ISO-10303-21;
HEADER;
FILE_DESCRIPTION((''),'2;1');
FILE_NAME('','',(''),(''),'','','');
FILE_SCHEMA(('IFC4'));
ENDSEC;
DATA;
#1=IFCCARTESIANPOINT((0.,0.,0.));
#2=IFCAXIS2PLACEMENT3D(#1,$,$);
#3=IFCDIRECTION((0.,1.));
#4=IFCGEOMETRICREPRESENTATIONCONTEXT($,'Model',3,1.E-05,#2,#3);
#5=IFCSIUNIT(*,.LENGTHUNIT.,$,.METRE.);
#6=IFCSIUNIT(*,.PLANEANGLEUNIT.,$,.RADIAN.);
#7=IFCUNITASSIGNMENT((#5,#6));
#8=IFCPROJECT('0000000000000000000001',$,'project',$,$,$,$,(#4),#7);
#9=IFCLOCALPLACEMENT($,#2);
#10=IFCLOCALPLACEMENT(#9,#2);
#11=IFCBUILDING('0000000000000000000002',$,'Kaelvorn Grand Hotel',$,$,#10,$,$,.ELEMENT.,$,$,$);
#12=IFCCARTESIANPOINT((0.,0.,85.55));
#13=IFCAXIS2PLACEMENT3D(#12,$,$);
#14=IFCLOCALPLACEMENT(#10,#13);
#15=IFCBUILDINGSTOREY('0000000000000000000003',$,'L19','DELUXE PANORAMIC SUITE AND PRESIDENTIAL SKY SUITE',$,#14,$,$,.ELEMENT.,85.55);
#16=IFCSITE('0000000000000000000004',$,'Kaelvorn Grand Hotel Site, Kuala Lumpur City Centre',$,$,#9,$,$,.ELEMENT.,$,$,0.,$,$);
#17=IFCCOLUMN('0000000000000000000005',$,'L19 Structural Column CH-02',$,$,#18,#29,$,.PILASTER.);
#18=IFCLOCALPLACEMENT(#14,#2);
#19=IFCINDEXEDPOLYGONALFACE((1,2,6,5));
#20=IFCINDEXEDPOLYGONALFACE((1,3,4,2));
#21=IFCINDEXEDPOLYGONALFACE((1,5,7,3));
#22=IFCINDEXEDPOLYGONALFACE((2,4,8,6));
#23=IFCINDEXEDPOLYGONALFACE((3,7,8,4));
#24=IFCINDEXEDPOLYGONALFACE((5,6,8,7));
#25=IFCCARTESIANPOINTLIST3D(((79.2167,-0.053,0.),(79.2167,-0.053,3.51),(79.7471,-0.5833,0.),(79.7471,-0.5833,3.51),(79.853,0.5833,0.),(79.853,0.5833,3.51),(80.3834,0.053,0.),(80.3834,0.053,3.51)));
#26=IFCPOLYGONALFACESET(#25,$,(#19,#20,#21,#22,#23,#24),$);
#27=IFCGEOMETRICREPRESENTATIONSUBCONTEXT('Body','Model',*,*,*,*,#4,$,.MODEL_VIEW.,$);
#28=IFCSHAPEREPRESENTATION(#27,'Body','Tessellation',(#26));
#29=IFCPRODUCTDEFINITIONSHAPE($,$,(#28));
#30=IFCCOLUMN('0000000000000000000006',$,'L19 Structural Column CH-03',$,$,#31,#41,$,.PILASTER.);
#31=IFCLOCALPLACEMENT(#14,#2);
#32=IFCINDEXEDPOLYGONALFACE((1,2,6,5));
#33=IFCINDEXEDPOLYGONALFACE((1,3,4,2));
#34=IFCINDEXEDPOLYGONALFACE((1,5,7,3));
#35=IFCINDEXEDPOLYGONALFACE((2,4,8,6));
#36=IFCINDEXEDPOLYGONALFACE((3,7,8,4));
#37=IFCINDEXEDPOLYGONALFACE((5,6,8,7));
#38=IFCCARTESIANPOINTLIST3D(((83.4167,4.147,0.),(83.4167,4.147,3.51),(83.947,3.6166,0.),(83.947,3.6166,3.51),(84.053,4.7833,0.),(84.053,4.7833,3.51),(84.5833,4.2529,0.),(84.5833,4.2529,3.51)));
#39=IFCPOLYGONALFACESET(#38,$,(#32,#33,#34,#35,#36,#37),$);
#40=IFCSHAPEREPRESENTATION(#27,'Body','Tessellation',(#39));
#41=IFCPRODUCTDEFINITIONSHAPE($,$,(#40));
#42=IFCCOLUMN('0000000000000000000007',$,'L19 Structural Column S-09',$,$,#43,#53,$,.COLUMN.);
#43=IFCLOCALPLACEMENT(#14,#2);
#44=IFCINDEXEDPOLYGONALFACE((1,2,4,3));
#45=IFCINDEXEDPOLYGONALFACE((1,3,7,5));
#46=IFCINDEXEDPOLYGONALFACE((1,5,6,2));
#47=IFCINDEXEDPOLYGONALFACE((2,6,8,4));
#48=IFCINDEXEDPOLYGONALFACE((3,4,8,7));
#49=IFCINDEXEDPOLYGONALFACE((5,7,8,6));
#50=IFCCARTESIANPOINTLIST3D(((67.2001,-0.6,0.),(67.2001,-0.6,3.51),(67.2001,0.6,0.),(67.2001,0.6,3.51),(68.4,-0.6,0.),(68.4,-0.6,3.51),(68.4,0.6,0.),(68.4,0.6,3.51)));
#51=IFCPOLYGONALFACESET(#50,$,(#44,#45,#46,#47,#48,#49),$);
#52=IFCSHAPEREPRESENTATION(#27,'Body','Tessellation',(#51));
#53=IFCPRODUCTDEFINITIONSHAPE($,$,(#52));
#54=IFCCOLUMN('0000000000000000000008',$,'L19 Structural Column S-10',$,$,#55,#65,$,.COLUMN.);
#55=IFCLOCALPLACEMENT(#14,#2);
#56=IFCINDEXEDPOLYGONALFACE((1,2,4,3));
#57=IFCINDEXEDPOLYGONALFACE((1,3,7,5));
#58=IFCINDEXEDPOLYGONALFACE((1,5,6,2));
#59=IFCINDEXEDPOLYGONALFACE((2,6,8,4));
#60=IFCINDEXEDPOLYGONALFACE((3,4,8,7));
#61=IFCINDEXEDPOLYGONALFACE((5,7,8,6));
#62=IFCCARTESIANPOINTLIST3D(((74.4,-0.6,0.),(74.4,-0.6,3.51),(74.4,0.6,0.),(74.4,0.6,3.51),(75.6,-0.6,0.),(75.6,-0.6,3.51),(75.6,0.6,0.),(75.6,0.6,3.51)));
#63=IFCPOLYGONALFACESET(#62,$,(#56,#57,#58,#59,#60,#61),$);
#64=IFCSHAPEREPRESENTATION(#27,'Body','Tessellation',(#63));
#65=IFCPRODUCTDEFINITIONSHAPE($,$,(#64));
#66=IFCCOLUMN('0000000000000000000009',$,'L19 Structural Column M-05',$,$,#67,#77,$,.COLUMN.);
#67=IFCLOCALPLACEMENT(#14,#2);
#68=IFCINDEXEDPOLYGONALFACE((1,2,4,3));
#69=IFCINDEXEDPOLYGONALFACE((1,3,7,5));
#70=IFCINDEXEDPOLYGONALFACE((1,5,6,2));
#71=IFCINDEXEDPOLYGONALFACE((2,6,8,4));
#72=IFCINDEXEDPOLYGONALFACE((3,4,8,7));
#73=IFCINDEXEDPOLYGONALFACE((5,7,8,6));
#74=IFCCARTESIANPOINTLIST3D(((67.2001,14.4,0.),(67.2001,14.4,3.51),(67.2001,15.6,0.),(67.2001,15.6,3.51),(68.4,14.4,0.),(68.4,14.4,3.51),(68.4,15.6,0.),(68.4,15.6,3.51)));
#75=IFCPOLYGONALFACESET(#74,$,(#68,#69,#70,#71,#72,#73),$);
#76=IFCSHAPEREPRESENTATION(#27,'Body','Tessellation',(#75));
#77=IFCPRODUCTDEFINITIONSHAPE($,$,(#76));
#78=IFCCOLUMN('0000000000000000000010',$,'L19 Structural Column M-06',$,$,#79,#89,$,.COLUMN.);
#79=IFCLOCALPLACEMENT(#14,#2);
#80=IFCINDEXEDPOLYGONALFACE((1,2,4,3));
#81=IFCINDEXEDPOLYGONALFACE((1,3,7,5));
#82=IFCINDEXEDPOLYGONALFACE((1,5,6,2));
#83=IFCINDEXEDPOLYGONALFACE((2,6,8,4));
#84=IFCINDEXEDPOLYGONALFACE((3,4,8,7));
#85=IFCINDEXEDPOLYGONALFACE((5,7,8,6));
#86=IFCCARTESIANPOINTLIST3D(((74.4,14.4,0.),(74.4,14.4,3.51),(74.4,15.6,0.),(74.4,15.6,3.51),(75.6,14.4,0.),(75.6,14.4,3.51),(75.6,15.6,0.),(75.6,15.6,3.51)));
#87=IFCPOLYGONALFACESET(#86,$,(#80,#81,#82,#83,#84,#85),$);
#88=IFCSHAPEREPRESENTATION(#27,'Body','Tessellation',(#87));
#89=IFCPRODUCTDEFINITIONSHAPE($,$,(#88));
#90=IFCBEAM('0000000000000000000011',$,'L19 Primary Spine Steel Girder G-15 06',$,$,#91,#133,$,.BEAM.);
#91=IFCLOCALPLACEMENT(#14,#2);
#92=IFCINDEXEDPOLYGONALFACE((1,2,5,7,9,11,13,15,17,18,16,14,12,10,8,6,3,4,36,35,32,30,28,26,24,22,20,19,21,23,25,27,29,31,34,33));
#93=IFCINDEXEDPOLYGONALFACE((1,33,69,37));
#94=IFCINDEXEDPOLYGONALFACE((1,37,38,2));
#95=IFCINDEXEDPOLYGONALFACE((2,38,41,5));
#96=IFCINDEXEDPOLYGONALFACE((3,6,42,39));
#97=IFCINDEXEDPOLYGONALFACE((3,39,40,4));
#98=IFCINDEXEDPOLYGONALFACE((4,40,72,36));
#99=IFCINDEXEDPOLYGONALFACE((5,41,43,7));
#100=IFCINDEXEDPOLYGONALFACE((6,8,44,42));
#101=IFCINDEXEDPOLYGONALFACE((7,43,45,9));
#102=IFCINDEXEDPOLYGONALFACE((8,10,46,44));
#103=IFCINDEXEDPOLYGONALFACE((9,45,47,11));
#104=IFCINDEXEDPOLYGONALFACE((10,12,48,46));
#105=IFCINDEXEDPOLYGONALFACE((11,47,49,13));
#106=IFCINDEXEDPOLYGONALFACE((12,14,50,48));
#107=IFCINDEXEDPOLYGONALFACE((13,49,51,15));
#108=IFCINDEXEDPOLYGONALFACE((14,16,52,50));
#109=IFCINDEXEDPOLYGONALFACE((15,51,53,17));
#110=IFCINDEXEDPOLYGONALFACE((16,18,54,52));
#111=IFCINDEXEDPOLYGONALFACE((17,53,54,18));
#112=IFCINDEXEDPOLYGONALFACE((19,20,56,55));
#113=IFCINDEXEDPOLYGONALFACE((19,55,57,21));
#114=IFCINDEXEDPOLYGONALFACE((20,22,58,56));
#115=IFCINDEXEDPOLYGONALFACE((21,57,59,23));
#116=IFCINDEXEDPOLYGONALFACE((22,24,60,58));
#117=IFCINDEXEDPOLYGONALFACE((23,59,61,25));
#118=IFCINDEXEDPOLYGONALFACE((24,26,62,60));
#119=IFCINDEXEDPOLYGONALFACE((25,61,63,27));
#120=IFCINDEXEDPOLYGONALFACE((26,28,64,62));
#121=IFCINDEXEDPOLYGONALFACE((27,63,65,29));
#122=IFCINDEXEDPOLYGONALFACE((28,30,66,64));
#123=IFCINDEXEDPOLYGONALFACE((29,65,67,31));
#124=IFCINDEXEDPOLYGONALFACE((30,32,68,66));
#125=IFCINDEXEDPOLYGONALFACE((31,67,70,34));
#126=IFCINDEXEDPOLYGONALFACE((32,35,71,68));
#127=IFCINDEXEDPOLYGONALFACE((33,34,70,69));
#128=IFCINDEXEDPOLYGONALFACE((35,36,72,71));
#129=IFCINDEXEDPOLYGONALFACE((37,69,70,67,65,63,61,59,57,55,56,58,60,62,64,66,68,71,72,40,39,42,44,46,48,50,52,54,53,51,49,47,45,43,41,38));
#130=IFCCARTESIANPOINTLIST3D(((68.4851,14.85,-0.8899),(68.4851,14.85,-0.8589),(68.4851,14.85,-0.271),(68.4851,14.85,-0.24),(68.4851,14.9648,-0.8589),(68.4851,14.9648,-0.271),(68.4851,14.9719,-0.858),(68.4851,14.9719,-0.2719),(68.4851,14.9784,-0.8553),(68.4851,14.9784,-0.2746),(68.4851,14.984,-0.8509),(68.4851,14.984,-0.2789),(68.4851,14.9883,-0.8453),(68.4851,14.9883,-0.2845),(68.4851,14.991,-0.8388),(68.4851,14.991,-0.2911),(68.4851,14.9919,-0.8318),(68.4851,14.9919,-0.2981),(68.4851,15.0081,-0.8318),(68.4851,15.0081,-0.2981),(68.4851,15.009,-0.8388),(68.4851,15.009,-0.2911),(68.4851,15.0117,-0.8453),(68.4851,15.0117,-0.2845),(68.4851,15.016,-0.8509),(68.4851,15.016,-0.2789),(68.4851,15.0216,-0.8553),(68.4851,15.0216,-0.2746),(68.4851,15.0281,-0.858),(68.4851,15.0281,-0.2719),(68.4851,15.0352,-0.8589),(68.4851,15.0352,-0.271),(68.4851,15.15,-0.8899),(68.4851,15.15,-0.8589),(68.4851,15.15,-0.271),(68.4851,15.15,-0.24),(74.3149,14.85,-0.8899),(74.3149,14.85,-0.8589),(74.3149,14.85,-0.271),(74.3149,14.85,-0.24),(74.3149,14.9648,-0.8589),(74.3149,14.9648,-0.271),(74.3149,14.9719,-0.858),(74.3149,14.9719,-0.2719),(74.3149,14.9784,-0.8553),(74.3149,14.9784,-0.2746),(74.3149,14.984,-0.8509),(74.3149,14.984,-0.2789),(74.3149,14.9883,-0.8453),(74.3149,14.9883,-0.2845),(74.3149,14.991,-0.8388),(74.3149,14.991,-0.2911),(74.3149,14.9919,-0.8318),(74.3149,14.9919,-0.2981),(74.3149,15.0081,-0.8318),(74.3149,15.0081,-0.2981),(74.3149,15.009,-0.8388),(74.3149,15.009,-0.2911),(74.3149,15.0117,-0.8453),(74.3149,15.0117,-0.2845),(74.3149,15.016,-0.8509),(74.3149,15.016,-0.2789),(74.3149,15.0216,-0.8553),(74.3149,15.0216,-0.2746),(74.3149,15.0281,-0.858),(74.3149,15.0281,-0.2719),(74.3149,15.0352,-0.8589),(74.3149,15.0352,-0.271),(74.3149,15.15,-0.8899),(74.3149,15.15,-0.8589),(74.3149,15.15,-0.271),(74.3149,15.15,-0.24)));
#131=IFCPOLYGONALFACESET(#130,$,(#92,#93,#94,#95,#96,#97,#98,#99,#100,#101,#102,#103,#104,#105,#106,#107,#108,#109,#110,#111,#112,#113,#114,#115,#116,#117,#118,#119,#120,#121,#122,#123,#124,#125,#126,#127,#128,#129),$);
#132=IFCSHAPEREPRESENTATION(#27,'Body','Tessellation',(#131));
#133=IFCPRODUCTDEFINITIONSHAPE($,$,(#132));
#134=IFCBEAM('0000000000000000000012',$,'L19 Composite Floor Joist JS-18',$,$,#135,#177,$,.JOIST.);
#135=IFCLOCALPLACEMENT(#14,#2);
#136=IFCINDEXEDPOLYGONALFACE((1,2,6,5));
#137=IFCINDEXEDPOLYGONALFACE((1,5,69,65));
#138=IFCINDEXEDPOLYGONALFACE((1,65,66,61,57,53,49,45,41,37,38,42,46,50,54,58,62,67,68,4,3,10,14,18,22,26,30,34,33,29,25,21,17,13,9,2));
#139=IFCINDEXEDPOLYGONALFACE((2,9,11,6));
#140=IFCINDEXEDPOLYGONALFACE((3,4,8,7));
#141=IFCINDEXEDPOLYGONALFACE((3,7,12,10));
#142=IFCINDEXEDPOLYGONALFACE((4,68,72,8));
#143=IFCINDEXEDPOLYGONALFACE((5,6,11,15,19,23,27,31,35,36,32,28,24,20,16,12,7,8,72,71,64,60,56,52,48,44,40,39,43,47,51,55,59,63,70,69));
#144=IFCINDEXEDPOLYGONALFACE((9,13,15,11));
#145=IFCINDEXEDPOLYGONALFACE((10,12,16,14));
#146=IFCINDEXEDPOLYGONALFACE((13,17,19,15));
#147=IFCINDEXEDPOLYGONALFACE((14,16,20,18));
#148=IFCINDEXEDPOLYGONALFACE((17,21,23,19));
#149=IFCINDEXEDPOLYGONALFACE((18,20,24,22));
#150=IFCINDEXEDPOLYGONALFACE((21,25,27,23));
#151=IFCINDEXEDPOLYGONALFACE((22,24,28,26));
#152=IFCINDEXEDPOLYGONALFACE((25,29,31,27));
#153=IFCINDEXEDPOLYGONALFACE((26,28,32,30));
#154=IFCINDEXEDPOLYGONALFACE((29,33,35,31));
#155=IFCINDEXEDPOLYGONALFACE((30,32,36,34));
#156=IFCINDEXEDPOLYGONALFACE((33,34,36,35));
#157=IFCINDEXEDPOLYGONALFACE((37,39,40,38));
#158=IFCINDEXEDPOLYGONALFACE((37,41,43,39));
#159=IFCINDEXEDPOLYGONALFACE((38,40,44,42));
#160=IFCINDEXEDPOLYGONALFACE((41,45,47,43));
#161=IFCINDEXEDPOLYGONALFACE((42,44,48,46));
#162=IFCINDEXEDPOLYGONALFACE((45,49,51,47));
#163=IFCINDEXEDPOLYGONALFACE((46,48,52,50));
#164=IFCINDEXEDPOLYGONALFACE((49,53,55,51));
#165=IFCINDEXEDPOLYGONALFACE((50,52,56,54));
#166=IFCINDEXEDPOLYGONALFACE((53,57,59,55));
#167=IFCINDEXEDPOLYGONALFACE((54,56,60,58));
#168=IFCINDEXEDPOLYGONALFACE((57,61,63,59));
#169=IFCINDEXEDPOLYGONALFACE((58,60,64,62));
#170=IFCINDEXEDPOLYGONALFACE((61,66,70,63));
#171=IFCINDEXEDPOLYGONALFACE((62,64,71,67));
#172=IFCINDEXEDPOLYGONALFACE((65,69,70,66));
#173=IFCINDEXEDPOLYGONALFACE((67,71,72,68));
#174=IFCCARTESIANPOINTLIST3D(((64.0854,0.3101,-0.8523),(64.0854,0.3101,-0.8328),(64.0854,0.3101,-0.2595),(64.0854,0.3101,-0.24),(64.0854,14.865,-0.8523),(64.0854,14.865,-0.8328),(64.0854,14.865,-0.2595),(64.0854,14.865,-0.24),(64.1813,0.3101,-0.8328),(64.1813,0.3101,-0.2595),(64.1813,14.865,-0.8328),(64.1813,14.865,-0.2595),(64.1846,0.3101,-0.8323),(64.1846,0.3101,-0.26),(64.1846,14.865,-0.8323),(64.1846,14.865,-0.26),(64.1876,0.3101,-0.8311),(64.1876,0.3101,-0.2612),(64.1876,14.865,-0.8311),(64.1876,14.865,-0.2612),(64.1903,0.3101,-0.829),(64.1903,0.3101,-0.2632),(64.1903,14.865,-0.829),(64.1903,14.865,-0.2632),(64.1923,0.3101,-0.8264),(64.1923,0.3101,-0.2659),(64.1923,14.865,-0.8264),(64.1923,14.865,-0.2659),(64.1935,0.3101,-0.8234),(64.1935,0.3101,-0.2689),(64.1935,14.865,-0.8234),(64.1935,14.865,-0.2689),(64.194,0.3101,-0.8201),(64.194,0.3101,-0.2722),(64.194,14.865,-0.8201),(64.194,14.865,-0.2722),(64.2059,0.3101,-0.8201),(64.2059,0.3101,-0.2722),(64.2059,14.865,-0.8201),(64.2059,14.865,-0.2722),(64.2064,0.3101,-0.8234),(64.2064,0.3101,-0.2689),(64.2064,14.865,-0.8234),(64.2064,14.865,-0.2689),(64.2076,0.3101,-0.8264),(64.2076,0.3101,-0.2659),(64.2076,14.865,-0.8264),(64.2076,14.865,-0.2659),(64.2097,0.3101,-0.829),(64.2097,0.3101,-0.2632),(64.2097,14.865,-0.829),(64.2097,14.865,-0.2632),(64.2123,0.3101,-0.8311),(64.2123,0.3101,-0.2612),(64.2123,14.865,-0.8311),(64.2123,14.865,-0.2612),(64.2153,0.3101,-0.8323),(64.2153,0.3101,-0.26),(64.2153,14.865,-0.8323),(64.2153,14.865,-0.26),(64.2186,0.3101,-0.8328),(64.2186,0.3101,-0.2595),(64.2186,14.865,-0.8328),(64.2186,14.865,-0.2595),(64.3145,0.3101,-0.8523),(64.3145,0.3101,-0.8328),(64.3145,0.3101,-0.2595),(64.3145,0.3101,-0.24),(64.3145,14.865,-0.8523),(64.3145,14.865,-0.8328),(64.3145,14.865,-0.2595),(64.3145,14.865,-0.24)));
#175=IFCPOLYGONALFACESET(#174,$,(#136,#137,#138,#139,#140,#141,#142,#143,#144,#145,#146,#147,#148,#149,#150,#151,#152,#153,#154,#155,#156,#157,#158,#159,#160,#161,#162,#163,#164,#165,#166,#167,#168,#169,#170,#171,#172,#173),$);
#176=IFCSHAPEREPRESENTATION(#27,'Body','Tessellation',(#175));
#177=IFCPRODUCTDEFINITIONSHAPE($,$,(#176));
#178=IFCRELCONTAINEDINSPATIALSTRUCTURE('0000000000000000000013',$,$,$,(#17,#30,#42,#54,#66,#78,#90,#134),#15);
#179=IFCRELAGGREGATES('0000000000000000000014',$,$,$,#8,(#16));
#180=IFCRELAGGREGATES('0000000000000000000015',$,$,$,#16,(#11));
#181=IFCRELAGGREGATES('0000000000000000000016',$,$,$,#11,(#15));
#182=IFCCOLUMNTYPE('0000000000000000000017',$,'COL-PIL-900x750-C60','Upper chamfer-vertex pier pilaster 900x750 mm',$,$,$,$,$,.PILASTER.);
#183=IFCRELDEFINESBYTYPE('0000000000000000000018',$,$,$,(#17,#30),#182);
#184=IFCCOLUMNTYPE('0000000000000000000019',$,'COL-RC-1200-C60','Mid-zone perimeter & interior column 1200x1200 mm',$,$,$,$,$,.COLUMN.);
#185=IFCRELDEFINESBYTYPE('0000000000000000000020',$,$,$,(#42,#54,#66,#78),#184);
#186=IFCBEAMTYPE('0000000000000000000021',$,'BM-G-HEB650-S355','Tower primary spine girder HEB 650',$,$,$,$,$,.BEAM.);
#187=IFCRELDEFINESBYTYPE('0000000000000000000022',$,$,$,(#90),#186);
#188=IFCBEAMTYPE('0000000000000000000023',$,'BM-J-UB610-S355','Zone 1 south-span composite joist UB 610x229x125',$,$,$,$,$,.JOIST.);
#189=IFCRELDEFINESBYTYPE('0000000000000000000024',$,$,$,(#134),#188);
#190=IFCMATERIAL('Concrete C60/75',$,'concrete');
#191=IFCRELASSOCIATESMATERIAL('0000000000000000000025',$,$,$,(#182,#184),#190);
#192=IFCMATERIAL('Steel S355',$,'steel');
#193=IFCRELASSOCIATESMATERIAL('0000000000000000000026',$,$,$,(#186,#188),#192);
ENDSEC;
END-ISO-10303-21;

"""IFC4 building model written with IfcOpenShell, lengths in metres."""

from ifc_helpers import new_model, si_unit, direction, frame, origin, origin_2d, place, context, subcontext, project, spatial, rectangle, i_section, extrude, material, material_profile, profile_set, type_object, element, save


model = new_model("IFC4")

# Units and contexts
model_context = context("Model", 3, precision=1e-05, world=origin(), true_north=direction((0.0, 1.0)))
body_context = subcontext(model_context, "Body", "Model", "MODEL_VIEW")
ifc_project = project(units=[si_unit("LENGTHUNIT", "METRE"), si_unit("PLANEANGLEUNIT", "RADIAN")], contexts=[model_context])

# Site, building, storey
site_placement = place(None, origin())
site = spatial("IfcSite", under=ifc_project, at=site_placement, Name="Kaelvorn Grand Hotel Site, Kuala Lumpur City Centre", CompositionType="ELEMENT", RefElevation=0.0)
building_placement = place(site_placement, origin())
building = spatial("IfcBuilding", under=site, at=building_placement, Name="Kaelvorn Grand Hotel", CompositionType="ELEMENT")
storey_placement = place(building_placement, frame((0.0, 0.0, 85.55)))
storey = spatial("IfcBuildingStorey", under=building, at=storey_placement, Name="L19", Description="DELUXE PANORAMIC SUITE AND PRESIDENTIAL SKY SUITE", CompositionType="ELEMENT", Elevation=85.55)

# Columns
ifc_material_1 = material(Name="Concrete C60/75", Category="concrete")
ifc_material_profile_1 = material_profile(ifc_material_1, rectangle(XDim=0.8999, YDim=0.75, at=origin_2d()), Name="RC PILASTER 900x750")
ifc_profile_set_1 = profile_set([ifc_material_profile_1], Name="Concrete C60/75")
column_type_1 = type_object("IfcColumnType", Name="COL-PIL-900x750-C60", Description="Upper chamfer-vertex pier pilaster 900x750 mm", PredefinedType="PILASTER", material=ifc_profile_set_1)
for number, where, z_axis, x_axis, name in (
    (1, (79.8, 0.0, 0.0), (0.0, 0.0, 1.0), (0.707107, 0.707107, 0.0), "L19 Structural Column CH-02"),
    (2, (84.0, 4.2, 0.0), (0.0, 0.0, 1.0), (0.707107, 0.707107, 0.0), "L19 Structural Column CH-03"),
):
    element("IfcColumn", number, at=place(storey_placement, frame(where, z_axis=z_axis, x_axis=x_axis)), inside=storey, type_object=column_type_1, Name=name, PredefinedType="PILASTER", context=body_context, shape_type="SweptSolid", body=[
        extrude(rectangle(XDim=0.8999, YDim=0.75, at=origin_2d()), origin(), (0.0, 0.0, 1.0), 3.51),
    ])
ifc_material_profile_2 = material_profile(ifc_material_1, rectangle(XDim=1.2, YDim=1.2, at=origin_2d()), Name="RC COL 1200x1200")
ifc_profile_set_2 = profile_set([ifc_material_profile_2], Name="Concrete C60/75")
column_type_2 = type_object("IfcColumnType", Name="COL-RC-1200-C60", Description="Mid-zone perimeter & interior column 1200x1200 mm", PredefinedType="COLUMN", material=ifc_profile_set_2)
for number, where, z_axis, x_axis, name in (
    (3, (67.8, 0.0, 0.0), (0.0, 0.0, 1.0), (1.0, 0.0, 0.0), "L19 Structural Column S-09"),
    (4, (75.0, 0.0, 0.0), (0.0, 0.0, 1.0), (1.0, 0.0, 0.0), "L19 Structural Column S-10"),
    (5, (67.8, 15.0, 0.0), (0.0, 0.0, 1.0), (1.0, 0.0, 0.0), "L19 Structural Column M-05"),
    (6, (75.0, 15.0, 0.0), (0.0, 0.0, 1.0), (1.0, 0.0, 0.0), "L19 Structural Column M-06"),
):
    element("IfcColumn", number, at=place(storey_placement, frame(where, z_axis=z_axis, x_axis=x_axis)), inside=storey, type_object=column_type_2, Name=name, PredefinedType="COLUMN", context=body_context, shape_type="SweptSolid", body=[
        extrude(rectangle(XDim=1.2, YDim=1.2, at=origin_2d()), origin(), (0.0, 0.0, 1.0), 3.51),
    ])

# Beams
ifc_material_2 = material(Name="Steel S355", Category="steel")
ifc_material_profile_3 = material_profile(ifc_material_2, i_section(OverallWidth=0.3, OverallDepth=0.6499, WebThickness=0.0161, FlangeThickness=0.031, FilletRadius=0.0271, at=origin_2d()), Name="HEB 650")
ifc_profile_set_3 = profile_set([ifc_material_profile_3], Name="Steel S355")
beam_type_1 = type_object("IfcBeamType", Name="BM-G-HEB650-S355", Description="Tower primary spine girder HEB 650", PredefinedType="BEAM", material=ifc_profile_set_3)
beam_1_placement = place(storey_placement, frame((68.4851, 15.0, -0.5649), z_axis=(1.0, 0.0, 0.0), x_axis=(0.0, 1.0, 0.0)))
element("IfcBeam", 7, at=beam_1_placement, inside=storey, type_object=beam_type_1, Name="L19 Primary Spine Steel Girder G-15 06", PredefinedType="BEAM", context=body_context, shape_type="SweptSolid", body=[
    extrude(i_section(OverallWidth=0.3, OverallDepth=0.6499, WebThickness=0.0161, FlangeThickness=0.031, FilletRadius=0.0271, at=origin_2d()), origin(), (0.0, 0.0, 1.0), 5.8298),
])
ifc_material_profile_4 = material_profile(ifc_material_2, i_section(OverallWidth=0.229, OverallDepth=0.6123, WebThickness=0.012, FlangeThickness=0.0195, FilletRadius=0.0127, at=origin_2d()), Name="UB 610x229x125")
ifc_profile_set_4 = profile_set([ifc_material_profile_4], Name="Steel S355")
beam_type_2 = type_object("IfcBeamType", Name="BM-J-UB610-S355", Description="Zone 1 south-span composite joist UB 610x229x125", PredefinedType="JOIST", material=ifc_profile_set_4)
beam_2_placement = place(storey_placement, frame((64.2, 0.3101, -0.5461), z_axis=(0.0, 1.0, 0.0), x_axis=(-1.0, 0.0, 0.0)))
element("IfcBeam", 8, at=beam_2_placement, inside=storey, type_object=beam_type_2, Name="L19 Composite Floor Joist JS-18", PredefinedType="JOIST", context=body_context, shape_type="SweptSolid", body=[
    extrude(i_section(OverallWidth=0.229, OverallDepth=0.6123, WebThickness=0.012, FlangeThickness=0.0195, FilletRadius=0.0127, at=origin_2d()), origin(), (0.0, 0.0, 1.0), 14.5549),
])

save(model, "model.ifc")
